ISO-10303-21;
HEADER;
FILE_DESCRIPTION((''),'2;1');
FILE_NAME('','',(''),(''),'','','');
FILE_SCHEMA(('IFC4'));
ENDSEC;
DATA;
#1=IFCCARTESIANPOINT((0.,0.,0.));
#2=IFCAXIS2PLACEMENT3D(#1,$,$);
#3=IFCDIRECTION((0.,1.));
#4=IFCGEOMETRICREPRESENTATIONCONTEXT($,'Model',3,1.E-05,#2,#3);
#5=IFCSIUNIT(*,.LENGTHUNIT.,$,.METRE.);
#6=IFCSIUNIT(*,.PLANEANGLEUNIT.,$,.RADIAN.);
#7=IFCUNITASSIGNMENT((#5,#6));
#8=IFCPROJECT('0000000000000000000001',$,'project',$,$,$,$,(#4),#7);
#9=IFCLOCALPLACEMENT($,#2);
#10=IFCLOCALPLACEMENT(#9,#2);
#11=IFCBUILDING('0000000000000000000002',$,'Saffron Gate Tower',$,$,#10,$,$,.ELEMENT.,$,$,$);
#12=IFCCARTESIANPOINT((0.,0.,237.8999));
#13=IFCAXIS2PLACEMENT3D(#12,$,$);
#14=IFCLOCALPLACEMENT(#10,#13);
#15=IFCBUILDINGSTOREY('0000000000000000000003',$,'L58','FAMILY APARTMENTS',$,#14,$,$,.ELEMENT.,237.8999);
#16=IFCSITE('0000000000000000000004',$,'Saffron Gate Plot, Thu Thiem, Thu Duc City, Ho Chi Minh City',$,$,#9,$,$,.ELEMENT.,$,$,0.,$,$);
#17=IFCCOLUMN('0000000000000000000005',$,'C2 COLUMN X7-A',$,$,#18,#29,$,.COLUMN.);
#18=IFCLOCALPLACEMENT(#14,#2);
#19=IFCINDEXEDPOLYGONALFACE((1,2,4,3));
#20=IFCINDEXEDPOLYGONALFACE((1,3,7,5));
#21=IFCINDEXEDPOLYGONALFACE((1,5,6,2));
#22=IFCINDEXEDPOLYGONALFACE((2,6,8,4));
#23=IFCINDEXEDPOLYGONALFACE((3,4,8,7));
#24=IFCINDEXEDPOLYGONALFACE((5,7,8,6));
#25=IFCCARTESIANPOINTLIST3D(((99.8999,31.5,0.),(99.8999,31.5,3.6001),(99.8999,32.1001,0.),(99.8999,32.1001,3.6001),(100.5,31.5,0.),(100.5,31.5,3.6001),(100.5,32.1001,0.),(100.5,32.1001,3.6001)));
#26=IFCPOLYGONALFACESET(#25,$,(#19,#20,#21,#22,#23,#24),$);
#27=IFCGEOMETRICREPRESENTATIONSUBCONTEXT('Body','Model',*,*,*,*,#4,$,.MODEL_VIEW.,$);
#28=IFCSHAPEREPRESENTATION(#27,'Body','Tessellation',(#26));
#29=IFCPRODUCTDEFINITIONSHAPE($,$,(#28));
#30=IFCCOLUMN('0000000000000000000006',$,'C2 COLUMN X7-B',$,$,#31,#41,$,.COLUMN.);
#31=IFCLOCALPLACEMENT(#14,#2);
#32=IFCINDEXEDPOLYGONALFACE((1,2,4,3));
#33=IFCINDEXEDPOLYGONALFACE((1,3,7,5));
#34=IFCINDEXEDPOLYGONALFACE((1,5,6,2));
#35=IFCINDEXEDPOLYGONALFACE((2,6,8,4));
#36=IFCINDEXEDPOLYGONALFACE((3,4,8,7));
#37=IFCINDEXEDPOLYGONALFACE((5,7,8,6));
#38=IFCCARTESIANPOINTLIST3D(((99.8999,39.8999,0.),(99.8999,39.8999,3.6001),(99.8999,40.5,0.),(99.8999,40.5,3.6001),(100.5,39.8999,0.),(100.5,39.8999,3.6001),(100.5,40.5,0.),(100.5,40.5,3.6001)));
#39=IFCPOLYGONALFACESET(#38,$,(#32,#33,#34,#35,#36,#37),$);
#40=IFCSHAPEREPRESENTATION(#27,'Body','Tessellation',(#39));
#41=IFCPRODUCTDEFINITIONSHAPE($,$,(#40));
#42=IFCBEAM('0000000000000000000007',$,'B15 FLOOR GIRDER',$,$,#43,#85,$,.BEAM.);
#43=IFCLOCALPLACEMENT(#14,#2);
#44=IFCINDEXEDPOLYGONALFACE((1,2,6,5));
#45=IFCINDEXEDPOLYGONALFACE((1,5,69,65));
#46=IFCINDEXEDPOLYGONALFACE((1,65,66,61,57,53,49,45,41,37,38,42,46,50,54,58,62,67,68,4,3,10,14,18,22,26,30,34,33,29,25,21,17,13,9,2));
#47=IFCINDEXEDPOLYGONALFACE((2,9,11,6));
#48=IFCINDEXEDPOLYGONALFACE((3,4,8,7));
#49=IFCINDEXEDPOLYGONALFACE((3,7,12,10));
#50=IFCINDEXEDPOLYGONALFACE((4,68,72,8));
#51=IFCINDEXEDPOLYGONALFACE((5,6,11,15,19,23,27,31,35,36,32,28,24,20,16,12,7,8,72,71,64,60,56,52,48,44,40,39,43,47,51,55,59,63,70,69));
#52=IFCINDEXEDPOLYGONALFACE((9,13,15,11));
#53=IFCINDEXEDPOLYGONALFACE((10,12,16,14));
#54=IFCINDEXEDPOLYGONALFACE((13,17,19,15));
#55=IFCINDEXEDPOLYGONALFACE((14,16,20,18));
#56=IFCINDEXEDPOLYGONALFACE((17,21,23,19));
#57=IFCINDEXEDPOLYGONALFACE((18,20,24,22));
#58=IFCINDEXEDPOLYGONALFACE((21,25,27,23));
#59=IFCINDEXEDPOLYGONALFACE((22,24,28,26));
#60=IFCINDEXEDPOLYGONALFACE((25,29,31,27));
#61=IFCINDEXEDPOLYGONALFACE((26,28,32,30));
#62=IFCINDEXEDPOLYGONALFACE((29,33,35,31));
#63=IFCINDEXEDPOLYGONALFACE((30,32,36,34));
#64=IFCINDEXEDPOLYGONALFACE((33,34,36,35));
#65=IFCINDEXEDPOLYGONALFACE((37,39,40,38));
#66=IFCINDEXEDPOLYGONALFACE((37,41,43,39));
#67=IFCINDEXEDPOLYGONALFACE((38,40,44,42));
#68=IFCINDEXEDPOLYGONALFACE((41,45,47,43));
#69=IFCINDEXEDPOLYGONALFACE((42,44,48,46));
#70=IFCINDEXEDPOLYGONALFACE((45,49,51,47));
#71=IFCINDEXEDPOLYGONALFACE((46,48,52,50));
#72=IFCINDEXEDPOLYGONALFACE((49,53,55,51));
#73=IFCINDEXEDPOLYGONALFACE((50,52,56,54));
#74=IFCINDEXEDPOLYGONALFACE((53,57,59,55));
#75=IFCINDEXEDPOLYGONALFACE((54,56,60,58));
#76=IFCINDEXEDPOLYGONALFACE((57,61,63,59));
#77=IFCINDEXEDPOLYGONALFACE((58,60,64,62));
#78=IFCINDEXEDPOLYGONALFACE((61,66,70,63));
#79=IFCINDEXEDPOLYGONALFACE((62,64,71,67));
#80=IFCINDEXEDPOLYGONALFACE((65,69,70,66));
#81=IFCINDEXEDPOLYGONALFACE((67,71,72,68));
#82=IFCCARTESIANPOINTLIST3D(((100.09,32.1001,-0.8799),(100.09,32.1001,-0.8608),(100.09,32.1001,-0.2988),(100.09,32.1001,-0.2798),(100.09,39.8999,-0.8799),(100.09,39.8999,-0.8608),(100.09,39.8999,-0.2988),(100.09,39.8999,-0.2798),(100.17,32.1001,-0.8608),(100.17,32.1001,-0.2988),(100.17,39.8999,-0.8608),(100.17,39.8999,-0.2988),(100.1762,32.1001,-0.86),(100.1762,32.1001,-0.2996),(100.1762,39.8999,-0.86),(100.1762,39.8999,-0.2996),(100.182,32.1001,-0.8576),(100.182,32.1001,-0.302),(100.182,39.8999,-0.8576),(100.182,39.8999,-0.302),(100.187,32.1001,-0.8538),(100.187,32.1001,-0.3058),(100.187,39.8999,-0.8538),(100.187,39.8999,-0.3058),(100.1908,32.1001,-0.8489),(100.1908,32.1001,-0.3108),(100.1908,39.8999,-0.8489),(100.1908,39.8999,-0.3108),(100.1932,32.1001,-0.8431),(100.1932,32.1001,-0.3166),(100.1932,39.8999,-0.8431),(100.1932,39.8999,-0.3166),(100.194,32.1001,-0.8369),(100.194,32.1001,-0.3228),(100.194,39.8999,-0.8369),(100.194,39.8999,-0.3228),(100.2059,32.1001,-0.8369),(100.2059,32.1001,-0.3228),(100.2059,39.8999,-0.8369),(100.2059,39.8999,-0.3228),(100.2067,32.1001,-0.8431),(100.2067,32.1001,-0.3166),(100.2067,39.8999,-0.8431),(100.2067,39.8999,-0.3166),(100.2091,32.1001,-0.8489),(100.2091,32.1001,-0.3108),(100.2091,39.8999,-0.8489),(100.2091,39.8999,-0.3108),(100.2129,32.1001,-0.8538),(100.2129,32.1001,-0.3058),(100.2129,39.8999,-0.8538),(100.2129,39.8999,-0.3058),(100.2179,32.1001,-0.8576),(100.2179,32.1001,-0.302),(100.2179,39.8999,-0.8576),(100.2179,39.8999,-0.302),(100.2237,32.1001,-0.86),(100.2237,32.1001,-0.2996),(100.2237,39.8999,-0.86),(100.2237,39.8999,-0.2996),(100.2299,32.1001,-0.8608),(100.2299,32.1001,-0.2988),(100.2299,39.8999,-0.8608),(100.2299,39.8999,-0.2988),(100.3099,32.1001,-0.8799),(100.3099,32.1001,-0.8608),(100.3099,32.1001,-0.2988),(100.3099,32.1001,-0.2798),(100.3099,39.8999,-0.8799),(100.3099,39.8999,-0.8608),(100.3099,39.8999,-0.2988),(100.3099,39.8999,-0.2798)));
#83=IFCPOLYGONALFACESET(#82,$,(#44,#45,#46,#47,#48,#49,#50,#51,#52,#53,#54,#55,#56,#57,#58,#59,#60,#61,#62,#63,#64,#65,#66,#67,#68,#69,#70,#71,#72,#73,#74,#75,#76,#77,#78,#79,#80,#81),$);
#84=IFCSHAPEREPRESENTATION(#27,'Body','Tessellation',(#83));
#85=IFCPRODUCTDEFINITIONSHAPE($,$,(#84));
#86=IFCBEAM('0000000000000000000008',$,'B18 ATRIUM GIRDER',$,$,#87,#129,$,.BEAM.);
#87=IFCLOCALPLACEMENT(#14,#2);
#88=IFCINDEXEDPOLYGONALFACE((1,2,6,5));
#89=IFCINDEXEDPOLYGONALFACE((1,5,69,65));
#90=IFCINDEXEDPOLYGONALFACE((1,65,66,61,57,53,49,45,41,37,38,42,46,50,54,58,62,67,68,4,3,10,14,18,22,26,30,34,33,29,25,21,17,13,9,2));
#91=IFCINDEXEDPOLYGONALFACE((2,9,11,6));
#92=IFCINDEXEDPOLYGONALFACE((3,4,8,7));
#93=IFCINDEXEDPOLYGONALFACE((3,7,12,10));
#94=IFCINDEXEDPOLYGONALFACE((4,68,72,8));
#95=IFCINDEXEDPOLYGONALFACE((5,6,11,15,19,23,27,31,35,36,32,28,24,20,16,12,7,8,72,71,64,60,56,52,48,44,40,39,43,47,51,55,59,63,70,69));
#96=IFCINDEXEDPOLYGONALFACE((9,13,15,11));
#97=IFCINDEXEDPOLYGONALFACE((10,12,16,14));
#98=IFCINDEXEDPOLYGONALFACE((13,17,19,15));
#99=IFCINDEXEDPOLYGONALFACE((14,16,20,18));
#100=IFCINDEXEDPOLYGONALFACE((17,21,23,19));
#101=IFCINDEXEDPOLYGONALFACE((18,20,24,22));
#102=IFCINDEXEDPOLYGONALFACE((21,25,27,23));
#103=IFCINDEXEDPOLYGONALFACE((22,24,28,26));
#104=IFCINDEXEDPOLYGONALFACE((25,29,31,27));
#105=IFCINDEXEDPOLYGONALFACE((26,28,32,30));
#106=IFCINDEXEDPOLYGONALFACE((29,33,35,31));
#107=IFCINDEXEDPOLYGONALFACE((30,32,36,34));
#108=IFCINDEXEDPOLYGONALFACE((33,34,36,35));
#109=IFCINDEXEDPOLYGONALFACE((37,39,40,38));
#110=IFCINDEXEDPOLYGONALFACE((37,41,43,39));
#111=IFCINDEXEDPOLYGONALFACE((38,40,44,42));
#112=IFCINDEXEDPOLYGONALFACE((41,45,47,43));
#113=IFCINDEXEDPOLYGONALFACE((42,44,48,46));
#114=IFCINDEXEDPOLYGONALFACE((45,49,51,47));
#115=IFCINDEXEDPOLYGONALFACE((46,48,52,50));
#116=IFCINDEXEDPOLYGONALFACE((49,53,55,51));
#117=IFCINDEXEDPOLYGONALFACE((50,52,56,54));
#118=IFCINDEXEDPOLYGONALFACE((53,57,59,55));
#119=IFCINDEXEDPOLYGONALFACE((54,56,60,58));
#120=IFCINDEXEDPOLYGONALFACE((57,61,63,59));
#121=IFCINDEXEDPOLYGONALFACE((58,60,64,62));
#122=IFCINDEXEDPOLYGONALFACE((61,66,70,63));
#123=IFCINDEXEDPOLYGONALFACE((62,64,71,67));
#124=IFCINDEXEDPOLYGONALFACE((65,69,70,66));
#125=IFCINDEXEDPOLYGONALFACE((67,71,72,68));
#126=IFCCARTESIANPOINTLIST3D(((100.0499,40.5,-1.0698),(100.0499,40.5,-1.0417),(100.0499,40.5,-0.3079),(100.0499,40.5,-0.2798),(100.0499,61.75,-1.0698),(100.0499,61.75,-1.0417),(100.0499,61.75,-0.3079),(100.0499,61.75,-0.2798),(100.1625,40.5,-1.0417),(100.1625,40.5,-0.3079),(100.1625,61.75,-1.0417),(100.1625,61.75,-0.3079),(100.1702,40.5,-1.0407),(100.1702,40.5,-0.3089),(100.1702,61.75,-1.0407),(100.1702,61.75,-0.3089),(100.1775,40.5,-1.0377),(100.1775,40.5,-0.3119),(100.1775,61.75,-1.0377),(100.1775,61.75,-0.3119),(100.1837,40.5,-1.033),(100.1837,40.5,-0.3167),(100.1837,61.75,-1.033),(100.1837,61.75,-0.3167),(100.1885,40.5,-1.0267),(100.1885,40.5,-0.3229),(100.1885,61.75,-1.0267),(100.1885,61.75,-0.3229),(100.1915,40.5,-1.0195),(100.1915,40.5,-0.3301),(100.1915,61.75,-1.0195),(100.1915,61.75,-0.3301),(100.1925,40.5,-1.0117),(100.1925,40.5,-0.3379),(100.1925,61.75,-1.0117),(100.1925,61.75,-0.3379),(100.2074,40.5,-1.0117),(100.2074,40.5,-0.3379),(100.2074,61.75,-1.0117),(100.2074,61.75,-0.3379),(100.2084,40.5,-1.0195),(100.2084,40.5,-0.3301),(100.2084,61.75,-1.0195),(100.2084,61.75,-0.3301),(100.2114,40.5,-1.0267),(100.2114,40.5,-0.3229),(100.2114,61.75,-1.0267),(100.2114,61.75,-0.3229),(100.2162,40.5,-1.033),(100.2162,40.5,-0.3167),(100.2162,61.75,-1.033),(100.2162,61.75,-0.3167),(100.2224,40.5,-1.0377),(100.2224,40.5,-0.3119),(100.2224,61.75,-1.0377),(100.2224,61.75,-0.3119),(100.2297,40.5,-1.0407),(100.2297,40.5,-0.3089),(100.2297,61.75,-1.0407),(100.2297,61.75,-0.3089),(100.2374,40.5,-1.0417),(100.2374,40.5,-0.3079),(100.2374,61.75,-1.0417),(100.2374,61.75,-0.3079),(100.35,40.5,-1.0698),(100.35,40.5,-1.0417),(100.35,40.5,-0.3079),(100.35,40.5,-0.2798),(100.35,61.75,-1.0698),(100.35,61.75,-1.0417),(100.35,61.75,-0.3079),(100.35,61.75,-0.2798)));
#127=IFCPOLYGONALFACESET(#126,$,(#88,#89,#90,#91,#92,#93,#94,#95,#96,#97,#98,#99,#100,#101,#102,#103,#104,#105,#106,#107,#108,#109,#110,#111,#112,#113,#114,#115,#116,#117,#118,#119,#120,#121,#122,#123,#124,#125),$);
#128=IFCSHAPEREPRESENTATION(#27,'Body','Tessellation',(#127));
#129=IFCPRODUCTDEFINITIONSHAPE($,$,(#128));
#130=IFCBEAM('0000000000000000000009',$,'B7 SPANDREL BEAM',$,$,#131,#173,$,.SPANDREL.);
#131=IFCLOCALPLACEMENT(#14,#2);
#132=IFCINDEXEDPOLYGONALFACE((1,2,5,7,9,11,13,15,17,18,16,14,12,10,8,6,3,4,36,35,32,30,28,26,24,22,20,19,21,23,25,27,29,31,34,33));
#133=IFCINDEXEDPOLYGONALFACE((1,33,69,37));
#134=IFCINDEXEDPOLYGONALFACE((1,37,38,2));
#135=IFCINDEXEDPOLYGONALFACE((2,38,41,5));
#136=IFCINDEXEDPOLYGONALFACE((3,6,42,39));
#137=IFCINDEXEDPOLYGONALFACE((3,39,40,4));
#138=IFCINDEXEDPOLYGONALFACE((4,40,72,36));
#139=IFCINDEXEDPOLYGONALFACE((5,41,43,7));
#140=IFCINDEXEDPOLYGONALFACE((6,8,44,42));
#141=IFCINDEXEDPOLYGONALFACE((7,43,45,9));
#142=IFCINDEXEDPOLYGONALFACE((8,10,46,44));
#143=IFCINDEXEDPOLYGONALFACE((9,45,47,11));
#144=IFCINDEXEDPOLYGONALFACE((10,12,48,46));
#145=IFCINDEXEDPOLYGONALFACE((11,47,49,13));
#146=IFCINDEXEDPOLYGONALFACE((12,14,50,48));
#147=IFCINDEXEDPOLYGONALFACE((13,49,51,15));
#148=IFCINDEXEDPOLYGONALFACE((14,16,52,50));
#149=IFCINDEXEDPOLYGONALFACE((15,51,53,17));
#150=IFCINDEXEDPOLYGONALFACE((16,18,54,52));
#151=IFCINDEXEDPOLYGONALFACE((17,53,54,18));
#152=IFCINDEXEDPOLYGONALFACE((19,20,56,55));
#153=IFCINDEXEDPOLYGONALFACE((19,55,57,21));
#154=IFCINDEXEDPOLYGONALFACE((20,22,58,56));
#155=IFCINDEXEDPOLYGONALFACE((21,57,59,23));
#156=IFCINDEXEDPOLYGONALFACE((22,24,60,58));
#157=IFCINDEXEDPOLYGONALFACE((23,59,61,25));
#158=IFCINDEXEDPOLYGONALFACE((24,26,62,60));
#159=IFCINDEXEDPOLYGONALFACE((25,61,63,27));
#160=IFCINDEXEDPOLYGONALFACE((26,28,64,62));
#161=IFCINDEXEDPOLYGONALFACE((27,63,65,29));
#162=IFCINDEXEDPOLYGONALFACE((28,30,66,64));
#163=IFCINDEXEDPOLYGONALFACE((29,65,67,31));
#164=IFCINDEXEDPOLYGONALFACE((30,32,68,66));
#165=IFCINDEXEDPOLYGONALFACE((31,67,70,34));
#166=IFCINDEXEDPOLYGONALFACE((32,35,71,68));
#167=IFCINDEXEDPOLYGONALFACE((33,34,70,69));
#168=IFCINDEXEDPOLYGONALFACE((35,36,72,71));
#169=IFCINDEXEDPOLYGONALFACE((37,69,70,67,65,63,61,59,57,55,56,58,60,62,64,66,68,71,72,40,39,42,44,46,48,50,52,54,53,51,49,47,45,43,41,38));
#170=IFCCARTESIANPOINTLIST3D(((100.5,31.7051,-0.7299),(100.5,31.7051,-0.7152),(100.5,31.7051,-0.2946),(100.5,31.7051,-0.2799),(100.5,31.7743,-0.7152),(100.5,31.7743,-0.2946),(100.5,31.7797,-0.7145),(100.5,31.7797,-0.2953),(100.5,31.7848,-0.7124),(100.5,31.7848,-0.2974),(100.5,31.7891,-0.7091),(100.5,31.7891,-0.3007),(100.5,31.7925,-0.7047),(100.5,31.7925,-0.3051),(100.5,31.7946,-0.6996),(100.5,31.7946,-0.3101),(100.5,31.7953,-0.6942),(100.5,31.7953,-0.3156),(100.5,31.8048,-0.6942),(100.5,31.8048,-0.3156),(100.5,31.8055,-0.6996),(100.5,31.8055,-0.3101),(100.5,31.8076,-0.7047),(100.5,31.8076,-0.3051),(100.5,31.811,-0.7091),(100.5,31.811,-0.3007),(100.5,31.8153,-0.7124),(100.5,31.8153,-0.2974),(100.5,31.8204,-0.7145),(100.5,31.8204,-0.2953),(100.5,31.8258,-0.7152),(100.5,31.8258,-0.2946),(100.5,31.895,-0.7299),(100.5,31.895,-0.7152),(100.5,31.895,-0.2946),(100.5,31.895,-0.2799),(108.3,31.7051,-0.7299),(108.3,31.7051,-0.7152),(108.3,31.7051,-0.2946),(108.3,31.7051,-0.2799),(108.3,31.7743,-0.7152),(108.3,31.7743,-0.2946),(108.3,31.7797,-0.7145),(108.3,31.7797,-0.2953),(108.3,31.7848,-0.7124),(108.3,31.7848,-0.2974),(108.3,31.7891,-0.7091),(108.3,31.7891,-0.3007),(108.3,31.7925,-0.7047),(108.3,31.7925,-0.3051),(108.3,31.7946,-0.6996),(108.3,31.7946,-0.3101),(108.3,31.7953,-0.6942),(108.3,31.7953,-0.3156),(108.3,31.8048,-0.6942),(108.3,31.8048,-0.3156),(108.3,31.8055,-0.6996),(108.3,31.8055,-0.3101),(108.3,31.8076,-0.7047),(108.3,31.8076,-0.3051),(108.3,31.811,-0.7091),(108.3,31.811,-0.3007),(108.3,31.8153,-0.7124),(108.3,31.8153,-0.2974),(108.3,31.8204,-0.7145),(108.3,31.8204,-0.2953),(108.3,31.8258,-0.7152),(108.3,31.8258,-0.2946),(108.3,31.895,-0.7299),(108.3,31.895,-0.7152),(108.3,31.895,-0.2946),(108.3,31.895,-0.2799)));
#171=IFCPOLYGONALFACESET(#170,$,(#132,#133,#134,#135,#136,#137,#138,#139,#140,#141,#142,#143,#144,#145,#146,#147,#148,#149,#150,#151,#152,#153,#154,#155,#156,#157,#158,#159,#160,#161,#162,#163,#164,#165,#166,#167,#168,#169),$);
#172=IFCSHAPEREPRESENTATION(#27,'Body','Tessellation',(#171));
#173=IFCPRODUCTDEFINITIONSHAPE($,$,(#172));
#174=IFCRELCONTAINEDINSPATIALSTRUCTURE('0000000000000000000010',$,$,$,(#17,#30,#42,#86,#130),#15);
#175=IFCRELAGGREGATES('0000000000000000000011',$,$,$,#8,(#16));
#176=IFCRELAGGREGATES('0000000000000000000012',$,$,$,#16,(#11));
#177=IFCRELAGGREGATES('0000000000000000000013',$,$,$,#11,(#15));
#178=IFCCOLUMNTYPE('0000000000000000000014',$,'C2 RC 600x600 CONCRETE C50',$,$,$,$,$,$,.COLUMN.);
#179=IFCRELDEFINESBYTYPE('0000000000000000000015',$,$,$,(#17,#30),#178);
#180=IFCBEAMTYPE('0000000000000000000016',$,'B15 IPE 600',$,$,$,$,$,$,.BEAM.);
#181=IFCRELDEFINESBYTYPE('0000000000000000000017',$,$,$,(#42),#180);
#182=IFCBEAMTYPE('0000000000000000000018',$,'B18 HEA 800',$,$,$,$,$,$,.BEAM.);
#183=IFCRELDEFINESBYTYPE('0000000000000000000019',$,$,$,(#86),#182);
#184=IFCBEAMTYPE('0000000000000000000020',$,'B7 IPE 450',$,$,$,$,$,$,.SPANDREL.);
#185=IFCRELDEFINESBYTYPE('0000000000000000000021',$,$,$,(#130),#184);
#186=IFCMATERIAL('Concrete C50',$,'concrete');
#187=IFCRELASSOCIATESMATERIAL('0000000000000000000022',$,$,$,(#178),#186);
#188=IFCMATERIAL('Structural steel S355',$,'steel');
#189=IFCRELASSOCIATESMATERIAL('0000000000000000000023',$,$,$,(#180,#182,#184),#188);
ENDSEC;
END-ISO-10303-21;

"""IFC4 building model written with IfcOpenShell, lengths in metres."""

from ifc_helpers import new_model, si_unit, direction, frame, origin, origin_2d, place, context, subcontext, project, spatial, rectangle, i_section, extrude, material, material_profile, profile_set, type_object, element, save


model = new_model("IFC4")

# Units and contexts
model_context = context("Model", 3, precision=1e-05, world=origin(), true_north=direction((0.0, 1.0)))
body_context = subcontext(model_context, "Body", "Model", "MODEL_VIEW")
ifc_project = project(units=[si_unit("LENGTHUNIT", "METRE"), si_unit("PLANEANGLEUNIT", "RADIAN")], contexts=[model_context])

# Site, building, storey
site_placement = place(None, origin())
site = spatial("IfcSite", under=ifc_project, at=site_placement, Name="Saffron Gate Plot, Thu Thiem, Thu Duc City, Ho Chi Minh City", CompositionType="ELEMENT", RefElevation=0.0)
building_placement = place(site_placement, origin())
building = spatial("IfcBuilding", under=site, at=building_placement, Name="Saffron Gate Tower", CompositionType="ELEMENT")
storey_placement = place(building_placement, frame((0.0, 0.0, 237.8999)))
storey = spatial("IfcBuildingStorey", under=building, at=storey_placement, Name="L58", Description="FAMILY APARTMENTS", CompositionType="ELEMENT", Elevation=237.8999)

# Columns
ifc_material_1 = material(Name="Concrete C50", Category="concrete")
ifc_material_profile_1 = material_profile(ifc_material_1, rectangle(XDim=0.6001, YDim=0.6001, at=origin_2d()))
ifc_profile_set_1 = profile_set([ifc_material_profile_1], Name="Concrete C50")
column_type = type_object("IfcColumnType", Name="C2 RC 600x600 CONCRETE C50", PredefinedType="COLUMN", material=ifc_profile_set_1)
for number, where, z_axis, x_axis, name in (
    (1, (100.2, 31.8, 0.0), (0.0, 0.0, 1.0), (1.0, 0.0, 0.0), "C2 COLUMN X7-A"),
    (2, (100.2, 40.2, 0.0), (0.0, 0.0, 1.0), (1.0, 0.0, 0.0), "C2 COLUMN X7-B"),
):
    element("IfcColumn", number, at=place(storey_placement, frame(where, z_axis=z_axis, x_axis=x_axis)), inside=storey, type_object=column_type, Name=name, PredefinedType="COLUMN", context=body_context, shape_type="SweptSolid", body=[
        extrude(rectangle(XDim=0.6001, YDim=0.6001, at=origin_2d()), origin(), (0.0, 0.0, 1.0), 3.6001),
    ])

# Beams
ifc_material_2 = material(Name="Structural steel S355", Category="steel")
ifc_material_profile_2 = material_profile(ifc_material_2, i_section(OverallWidth=0.22, OverallDepth=0.6001, WebThickness=0.012, FlangeThickness=0.019, FilletRadius=0.0239, at=origin_2d()))
ifc_profile_set_2 = profile_set([ifc_material_profile_2], Name="Structural steel S355")
beam_type_1 = type_object("IfcBeamType", Name="B15 IPE 600", PredefinedType="BEAM", material=ifc_profile_set_2)
beam_1_placement = place(storey_placement, frame((100.2, 32.1001, -0.5798), z_axis=(0.0, 1.0, 0.0), x_axis=(-1.0, 0.0, 0.0)))
element("IfcBeam", 3, at=beam_1_placement, inside=storey, type_object=beam_type_1, Name="B15 FLOOR GIRDER", PredefinedType="BEAM", context=body_context, shape_type="SweptSolid", body=[
    extrude(i_section(OverallWidth=0.22, OverallDepth=0.6001, WebThickness=0.012, FlangeThickness=0.019, FilletRadius=0.0239, at=origin_2d()), origin(), (0.0, 0.0, 1.0), 7.7998),
])
ifc_material_profile_3 = material_profile(ifc_material_2, i_section(OverallWidth=0.3, OverallDepth=0.79, WebThickness=0.0149, FlangeThickness=0.0281, FilletRadius=0.03, at=origin_2d()))
ifc_profile_set_3 = profile_set([ifc_material_profile_3], Name="Structural steel S355")
beam_type_2 = type_object("IfcBeamType", Name="B18 HEA 800", PredefinedType="BEAM", material=ifc_profile_set_3)
beam_2_placement = place(storey_placement, frame((100.2, 40.5, -0.6748), z_axis=(0.0, 1.0, 0.0), x_axis=(-1.0, 0.0, 0.0)))
element("IfcBeam", 4, at=beam_2_placement, inside=storey, type_object=beam_type_2, Name="B18 ATRIUM GIRDER", PredefinedType="BEAM", context=body_context, shape_type="SweptSolid", body=[
    extrude(i_section(OverallWidth=0.3, OverallDepth=0.79, WebThickness=0.0149, FlangeThickness=0.0281, FilletRadius=0.03, at=origin_2d()), origin(), (0.0, 0.0, 1.0), 21.25),
])
ifc_material_profile_4 = material_profile(ifc_material_2, i_section(OverallWidth=0.1899, OverallDepth=0.45, WebThickness=0.0095, FlangeThickness=0.0146, FilletRadius=0.021, at=origin_2d()))
ifc_profile_set_4 = profile_set([ifc_material_profile_4], Name="Structural steel S355")
beam_type_3 = type_object("IfcBeamType", Name="B7 IPE 450", PredefinedType="SPANDREL", material=ifc_profile_set_4)
beam_3_placement = place(storey_placement, frame((100.5, 31.8, -0.5049), z_axis=(1.0, 0.0, 0.0), x_axis=(0.0, 1.0, 0.0)))
element("IfcBeam", 5, at=beam_3_placement, inside=storey, type_object=beam_type_3, Name="B7 SPANDREL BEAM", PredefinedType="SPANDREL", context=body_context, shape_type="SweptSolid", body=[
    extrude(i_section(OverallWidth=0.1899, OverallDepth=0.45, WebThickness=0.0095, FlangeThickness=0.0146, FilletRadius=0.021, at=origin_2d()), origin(), (0.0, 0.0, 1.0), 7.8),
])

save(model, "model.ifc")
